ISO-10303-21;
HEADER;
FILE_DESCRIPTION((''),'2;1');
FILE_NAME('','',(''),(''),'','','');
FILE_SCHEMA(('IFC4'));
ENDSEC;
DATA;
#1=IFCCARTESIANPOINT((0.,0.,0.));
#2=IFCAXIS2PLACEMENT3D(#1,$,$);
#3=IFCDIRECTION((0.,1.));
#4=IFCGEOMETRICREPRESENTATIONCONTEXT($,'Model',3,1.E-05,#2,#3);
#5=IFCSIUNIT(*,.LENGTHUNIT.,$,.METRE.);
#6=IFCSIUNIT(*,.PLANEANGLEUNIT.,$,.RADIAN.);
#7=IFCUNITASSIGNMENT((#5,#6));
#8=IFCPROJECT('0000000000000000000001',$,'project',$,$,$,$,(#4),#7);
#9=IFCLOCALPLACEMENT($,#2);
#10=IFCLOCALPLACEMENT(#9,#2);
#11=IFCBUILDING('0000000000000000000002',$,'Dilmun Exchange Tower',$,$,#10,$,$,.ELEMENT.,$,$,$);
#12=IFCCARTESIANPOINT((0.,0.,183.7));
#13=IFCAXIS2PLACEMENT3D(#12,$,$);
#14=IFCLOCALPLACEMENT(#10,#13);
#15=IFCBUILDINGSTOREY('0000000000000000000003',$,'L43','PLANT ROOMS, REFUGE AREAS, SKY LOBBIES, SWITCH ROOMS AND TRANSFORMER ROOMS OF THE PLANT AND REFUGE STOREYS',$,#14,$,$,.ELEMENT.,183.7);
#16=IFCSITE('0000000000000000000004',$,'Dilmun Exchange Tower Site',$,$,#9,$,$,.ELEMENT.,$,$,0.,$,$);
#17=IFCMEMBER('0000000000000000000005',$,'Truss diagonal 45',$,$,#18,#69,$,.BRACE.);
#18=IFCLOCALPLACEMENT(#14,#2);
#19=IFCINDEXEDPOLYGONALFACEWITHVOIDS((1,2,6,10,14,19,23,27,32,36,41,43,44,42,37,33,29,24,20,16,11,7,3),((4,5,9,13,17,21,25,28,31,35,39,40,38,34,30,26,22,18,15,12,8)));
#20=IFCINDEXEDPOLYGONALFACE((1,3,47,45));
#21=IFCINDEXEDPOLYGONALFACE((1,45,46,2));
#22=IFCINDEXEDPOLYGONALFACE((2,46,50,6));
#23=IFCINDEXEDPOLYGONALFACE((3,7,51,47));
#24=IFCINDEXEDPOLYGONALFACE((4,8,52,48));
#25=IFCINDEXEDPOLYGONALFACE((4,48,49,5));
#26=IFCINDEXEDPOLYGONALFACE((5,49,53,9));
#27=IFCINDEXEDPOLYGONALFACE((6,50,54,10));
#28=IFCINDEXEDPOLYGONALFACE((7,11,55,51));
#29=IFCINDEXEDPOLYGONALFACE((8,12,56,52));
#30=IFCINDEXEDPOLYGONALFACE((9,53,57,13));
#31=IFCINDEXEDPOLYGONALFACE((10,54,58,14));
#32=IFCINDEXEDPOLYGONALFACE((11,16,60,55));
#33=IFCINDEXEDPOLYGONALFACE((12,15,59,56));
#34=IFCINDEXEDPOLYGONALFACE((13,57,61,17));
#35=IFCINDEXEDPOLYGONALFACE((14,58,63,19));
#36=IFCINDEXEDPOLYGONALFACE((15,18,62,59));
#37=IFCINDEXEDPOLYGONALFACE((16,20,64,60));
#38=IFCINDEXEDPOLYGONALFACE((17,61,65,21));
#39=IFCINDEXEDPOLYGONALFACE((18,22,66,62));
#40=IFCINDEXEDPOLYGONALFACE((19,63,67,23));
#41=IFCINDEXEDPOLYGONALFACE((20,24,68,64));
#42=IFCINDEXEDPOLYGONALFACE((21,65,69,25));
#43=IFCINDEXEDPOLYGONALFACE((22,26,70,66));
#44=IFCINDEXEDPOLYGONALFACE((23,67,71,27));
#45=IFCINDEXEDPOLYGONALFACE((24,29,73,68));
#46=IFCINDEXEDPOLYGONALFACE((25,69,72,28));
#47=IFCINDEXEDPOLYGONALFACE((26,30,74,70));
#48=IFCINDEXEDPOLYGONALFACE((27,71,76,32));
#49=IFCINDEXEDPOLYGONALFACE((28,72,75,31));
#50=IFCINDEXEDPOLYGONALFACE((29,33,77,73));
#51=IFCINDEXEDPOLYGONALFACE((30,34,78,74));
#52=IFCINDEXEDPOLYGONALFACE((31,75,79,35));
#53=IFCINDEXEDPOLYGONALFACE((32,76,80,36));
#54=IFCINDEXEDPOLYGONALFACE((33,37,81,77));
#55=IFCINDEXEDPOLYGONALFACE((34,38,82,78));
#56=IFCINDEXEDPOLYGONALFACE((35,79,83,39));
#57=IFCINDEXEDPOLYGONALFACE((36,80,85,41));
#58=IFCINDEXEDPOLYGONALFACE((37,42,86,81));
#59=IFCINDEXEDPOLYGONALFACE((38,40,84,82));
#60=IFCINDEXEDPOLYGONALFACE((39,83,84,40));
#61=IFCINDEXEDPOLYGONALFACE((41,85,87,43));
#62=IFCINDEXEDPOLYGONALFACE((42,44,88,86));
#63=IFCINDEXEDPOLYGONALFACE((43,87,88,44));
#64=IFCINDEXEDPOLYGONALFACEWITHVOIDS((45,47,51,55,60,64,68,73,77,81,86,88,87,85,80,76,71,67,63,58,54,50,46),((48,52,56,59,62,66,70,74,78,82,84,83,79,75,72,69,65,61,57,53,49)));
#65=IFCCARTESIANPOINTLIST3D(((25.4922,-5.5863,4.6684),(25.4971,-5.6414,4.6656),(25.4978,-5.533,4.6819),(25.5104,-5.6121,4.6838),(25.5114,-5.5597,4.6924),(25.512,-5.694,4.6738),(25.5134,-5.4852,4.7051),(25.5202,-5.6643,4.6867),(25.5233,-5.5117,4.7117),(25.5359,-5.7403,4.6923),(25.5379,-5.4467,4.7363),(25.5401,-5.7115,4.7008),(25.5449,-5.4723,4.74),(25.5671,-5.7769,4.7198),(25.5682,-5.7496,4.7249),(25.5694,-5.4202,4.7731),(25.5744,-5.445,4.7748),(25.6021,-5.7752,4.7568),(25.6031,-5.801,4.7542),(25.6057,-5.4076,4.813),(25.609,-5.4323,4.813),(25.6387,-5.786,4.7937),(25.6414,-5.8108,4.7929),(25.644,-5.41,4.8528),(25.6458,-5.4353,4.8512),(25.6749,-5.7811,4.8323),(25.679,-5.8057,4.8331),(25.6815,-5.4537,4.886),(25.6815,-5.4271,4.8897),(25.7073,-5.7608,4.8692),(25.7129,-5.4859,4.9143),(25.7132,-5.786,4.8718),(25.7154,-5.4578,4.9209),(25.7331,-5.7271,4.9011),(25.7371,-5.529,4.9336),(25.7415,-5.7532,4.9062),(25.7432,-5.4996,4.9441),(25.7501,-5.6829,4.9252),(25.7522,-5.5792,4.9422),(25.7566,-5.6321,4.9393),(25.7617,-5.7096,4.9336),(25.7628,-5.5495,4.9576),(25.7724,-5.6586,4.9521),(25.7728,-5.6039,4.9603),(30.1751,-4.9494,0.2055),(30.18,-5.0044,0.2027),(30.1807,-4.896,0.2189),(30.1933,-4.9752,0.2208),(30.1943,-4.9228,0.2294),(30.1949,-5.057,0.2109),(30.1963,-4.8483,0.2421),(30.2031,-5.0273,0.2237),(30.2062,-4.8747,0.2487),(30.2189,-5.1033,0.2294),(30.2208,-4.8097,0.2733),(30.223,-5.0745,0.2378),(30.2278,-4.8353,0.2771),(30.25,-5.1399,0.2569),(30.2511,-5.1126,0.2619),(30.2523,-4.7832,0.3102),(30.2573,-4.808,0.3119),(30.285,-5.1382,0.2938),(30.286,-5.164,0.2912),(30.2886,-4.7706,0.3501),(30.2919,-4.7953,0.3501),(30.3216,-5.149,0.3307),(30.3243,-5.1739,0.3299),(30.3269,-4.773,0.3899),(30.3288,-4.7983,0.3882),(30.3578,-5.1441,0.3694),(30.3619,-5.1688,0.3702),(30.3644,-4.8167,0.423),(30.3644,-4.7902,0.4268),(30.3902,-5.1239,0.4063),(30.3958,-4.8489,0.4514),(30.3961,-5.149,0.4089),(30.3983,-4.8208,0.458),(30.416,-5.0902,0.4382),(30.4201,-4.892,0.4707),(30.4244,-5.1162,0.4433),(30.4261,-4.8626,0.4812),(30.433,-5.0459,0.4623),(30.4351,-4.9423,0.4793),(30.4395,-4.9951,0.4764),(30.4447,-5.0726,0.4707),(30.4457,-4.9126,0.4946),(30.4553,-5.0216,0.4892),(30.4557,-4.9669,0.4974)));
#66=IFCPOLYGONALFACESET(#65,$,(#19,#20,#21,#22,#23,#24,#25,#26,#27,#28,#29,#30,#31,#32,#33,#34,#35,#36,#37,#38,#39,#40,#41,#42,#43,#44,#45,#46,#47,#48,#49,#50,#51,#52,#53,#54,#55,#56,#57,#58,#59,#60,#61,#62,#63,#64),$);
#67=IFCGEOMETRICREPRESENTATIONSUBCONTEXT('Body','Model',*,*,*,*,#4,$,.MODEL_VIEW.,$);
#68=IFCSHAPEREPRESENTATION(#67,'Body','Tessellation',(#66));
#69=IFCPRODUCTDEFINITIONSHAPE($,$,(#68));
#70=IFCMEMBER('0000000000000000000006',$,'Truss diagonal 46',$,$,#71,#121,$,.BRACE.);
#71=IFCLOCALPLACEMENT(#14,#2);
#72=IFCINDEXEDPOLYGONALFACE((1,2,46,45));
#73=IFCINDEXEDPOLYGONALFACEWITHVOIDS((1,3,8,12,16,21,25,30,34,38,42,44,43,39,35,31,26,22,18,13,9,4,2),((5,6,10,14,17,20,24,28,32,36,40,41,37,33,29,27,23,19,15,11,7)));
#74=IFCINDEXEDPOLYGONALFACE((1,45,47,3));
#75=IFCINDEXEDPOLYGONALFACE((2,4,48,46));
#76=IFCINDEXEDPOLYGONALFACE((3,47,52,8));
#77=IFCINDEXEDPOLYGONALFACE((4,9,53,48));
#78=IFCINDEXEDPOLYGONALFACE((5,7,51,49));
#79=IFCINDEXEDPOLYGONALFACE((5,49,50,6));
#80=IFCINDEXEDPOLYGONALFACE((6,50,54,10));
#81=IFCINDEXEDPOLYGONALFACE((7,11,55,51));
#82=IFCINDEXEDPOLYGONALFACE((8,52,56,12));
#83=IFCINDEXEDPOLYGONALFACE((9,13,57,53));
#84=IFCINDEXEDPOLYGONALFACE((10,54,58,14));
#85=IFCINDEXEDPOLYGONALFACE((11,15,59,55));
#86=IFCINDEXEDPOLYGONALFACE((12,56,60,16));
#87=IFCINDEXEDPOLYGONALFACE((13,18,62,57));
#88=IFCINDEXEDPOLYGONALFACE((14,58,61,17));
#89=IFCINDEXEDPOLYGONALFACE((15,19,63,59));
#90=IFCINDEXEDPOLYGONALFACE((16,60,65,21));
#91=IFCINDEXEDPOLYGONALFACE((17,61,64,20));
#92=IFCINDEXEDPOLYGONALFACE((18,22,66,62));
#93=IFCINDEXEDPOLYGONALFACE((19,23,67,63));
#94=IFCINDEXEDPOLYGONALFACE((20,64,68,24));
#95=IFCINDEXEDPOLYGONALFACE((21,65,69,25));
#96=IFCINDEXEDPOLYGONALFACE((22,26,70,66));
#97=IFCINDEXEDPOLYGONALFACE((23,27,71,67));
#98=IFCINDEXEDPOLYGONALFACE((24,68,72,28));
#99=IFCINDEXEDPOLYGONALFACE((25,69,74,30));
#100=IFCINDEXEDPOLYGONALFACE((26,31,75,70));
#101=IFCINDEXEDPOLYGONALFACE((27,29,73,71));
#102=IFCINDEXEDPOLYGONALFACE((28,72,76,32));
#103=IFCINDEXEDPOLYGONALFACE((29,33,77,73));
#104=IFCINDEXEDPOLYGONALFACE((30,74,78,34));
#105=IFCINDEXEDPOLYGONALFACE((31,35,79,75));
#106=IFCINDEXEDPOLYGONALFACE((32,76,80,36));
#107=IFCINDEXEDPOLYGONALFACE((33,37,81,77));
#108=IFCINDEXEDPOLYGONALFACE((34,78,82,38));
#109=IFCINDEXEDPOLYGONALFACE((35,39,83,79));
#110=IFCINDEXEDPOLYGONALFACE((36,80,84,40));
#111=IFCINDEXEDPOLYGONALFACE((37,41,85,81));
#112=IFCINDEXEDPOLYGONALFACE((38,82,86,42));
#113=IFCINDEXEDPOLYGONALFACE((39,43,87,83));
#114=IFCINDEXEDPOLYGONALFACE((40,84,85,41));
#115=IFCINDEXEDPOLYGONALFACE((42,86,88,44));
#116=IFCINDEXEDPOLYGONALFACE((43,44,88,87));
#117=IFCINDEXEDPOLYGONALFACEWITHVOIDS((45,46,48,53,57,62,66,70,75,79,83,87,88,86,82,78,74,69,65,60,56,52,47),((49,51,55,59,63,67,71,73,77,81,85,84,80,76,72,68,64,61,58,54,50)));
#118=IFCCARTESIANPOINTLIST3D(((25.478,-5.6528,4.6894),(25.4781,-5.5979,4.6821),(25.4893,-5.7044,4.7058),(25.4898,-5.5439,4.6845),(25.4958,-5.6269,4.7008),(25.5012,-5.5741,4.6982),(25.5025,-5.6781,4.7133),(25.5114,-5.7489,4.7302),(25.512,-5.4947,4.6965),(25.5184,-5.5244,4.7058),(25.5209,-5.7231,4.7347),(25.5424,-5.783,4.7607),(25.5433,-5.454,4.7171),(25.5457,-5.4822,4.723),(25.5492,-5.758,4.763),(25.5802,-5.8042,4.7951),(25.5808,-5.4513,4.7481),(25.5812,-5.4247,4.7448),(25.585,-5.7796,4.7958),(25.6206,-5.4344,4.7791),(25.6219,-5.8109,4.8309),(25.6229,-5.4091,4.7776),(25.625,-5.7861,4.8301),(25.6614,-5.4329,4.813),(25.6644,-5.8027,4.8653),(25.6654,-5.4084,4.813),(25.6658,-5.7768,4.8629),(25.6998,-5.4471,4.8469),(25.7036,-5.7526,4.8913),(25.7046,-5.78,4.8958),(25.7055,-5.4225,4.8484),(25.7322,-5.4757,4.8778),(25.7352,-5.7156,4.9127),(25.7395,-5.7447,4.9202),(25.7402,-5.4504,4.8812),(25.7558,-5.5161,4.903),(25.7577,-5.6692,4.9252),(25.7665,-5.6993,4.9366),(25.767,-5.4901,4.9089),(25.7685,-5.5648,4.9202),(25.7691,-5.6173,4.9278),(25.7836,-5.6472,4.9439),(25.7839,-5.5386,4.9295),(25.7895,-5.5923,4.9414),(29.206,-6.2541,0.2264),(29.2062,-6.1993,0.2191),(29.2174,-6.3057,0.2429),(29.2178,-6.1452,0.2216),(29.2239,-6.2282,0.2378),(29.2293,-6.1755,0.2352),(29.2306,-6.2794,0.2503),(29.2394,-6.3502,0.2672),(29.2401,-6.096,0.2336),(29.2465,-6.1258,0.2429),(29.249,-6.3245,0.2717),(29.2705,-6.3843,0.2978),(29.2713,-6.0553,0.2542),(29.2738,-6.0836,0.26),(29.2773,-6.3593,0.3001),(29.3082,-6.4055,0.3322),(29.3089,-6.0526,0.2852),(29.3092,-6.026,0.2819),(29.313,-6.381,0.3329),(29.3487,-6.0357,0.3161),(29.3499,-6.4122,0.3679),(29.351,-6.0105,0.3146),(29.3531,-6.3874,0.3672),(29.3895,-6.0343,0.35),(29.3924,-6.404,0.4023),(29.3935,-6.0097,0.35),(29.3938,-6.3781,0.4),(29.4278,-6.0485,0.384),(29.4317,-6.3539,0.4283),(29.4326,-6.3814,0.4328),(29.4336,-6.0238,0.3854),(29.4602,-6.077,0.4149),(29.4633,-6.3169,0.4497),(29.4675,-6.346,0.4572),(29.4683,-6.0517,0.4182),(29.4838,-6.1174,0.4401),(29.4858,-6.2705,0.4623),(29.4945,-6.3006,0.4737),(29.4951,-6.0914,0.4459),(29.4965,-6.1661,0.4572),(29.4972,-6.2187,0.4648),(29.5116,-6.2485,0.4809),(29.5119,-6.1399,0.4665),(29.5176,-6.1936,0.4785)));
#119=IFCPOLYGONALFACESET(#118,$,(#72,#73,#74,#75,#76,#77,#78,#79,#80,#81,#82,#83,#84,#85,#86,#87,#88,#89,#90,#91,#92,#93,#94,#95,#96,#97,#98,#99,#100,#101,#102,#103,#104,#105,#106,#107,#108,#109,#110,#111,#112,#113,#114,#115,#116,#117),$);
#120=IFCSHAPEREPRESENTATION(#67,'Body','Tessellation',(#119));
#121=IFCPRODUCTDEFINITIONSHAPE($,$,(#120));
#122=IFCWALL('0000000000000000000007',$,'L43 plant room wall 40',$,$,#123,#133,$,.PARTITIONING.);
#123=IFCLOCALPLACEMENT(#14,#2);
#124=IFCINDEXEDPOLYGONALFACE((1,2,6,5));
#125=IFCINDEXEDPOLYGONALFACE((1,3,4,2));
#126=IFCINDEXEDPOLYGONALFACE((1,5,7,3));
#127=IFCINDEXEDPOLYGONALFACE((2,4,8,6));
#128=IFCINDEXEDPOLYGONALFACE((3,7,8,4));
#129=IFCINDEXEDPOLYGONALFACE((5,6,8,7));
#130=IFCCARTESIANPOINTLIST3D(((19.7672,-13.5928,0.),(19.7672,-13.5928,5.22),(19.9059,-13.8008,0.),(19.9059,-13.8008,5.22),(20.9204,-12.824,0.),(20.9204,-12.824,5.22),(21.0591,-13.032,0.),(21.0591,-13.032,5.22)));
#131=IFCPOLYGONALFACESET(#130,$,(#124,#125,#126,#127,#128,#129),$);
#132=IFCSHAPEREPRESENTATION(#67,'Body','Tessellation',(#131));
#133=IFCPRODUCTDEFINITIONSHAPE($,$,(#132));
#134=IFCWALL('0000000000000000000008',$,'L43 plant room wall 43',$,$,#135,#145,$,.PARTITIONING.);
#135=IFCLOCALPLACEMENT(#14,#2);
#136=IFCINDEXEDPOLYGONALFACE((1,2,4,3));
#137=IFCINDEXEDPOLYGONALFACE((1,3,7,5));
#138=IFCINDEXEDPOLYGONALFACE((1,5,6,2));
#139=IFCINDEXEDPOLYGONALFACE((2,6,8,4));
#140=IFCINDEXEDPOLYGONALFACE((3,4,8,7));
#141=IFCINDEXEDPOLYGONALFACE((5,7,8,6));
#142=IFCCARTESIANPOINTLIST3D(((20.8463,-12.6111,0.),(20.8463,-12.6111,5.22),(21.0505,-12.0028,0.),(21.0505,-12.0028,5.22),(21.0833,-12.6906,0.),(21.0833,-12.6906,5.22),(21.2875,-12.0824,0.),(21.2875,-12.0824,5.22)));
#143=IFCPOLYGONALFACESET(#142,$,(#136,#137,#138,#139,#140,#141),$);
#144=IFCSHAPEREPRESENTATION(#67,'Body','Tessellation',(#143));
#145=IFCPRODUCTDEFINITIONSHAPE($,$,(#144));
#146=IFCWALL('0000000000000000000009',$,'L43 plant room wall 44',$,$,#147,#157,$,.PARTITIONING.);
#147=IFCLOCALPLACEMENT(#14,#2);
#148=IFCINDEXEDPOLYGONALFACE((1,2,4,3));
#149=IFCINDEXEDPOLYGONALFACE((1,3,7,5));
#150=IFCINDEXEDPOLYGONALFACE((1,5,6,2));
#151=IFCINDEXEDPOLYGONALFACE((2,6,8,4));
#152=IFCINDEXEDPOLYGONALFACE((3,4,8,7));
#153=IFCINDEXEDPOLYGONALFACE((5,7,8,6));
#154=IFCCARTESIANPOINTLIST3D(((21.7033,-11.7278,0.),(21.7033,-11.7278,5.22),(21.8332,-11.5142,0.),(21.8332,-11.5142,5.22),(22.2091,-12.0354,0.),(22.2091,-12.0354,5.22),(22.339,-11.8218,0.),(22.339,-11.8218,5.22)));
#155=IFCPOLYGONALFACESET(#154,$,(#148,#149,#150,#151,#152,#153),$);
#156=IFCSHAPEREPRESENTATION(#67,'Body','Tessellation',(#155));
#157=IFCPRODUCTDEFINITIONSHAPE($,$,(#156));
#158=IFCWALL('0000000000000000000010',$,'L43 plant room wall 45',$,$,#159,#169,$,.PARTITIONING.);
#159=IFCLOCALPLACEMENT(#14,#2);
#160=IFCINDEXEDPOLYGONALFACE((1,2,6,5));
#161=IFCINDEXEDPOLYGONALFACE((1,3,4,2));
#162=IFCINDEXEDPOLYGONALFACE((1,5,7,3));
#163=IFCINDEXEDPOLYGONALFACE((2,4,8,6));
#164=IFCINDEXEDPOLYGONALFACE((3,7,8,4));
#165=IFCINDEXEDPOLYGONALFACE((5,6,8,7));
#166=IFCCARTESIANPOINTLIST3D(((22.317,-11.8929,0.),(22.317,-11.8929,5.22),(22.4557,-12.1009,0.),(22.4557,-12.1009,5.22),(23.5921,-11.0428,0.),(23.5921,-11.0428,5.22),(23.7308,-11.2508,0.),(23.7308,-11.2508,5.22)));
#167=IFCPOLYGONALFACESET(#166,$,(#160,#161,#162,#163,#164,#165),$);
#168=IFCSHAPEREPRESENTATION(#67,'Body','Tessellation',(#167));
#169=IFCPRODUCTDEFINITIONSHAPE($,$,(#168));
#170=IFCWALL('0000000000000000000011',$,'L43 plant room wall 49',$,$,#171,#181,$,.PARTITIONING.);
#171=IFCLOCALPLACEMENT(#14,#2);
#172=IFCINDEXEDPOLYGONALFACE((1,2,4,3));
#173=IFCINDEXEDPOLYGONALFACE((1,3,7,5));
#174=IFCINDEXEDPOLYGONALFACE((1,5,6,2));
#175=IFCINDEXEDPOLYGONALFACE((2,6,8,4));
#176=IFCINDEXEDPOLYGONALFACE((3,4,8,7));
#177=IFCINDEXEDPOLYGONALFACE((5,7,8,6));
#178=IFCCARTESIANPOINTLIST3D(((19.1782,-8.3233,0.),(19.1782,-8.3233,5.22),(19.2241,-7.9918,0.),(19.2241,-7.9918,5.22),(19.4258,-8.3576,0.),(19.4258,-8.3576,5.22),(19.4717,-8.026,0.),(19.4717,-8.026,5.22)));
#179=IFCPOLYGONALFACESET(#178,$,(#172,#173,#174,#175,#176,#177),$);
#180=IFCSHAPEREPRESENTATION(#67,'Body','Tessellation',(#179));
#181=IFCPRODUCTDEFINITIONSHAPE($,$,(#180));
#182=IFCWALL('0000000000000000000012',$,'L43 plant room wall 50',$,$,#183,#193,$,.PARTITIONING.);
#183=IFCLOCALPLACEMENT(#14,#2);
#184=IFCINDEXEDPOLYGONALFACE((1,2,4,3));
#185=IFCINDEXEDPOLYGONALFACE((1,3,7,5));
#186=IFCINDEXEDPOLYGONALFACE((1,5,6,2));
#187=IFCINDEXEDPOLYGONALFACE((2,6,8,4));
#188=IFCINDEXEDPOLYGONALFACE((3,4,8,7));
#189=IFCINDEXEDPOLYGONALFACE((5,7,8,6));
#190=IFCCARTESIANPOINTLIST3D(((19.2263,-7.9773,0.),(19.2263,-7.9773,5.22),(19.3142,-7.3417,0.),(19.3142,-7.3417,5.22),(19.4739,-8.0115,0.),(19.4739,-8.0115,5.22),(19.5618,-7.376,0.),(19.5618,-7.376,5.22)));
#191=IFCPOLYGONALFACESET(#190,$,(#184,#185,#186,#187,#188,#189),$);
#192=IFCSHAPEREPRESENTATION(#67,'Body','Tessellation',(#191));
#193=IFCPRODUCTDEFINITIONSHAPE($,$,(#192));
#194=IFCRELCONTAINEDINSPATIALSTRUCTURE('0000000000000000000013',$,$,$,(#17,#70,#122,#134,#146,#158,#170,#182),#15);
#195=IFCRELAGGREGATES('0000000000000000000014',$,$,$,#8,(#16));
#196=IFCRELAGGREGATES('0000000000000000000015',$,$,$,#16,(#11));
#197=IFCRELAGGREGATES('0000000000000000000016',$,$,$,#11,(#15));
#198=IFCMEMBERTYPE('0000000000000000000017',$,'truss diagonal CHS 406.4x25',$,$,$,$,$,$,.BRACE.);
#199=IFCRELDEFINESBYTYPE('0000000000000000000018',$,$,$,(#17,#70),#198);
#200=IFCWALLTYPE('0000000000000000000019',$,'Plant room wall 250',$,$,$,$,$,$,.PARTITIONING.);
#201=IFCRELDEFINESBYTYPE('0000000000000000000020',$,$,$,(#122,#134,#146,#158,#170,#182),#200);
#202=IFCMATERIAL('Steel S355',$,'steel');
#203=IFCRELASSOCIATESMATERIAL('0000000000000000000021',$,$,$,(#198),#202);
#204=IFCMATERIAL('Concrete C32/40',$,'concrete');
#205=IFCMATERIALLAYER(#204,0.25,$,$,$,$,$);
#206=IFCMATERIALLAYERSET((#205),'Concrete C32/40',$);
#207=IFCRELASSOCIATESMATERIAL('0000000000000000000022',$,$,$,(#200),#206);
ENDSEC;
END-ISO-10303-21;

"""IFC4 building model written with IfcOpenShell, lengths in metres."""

from ifc_helpers import new_model, si_unit, direction, frame, frame_2d, origin, origin_2d, place, context, subcontext, project, spatial, rectangle, hollow_circle, extrude, material, layer, layer_set, material_profile, profile_set, type_object, element, save


model = new_model("IFC4")

# Units and contexts
model_context = context("Model", 3, precision=1e-05, world=origin(), true_north=direction((0.0, 1.0)))
body_context = subcontext(model_context, "Body", "Model", "MODEL_VIEW")
ifc_project = project(units=[si_unit("LENGTHUNIT", "METRE"), si_unit("PLANEANGLEUNIT", "RADIAN")], contexts=[model_context])

# Site, building, storey
site_placement = place(None, origin())
site = spatial("IfcSite", under=ifc_project, at=site_placement, Name="Dilmun Exchange Tower Site", CompositionType="ELEMENT", RefElevation=0.0)
building_placement = place(site_placement, origin())
building = spatial("IfcBuilding", under=site, at=building_placement, Name="Dilmun Exchange Tower", CompositionType="ELEMENT")
storey_placement = place(building_placement, frame((0.0, 0.0, 183.7)))
storey = spatial("IfcBuildingStorey", under=building, at=storey_placement, Name="L43", Description="PLANT ROOMS, REFUGE AREAS, SKY LOBBIES, SWITCH ROOMS AND TRANSFORMER ROOMS OF THE PLANT AND REFUGE STOREYS", CompositionType="ELEMENT", Elevation=183.7)

# Shared definitions
ifc_material_1 = material(Name="Steel S355", Category="steel")

# Members
ifc_material_profile_1 = material_profile(ifc_material_1, hollow_circle(Radius=0.2031, WallThickness=0.0249, at=origin_2d()), Name="CHS 406.4x25")
ifc_profile_set_1 = profile_set([ifc_material_profile_1], Name="Steel S355")
member_type = type_object("IfcMemberType", Name="truss diagonal CHS 406.4x25", PredefinedType="BRACE", material=ifc_profile_set_1)
member_1_placement = place(storey_placement, frame((25.6331, -5.6089, 4.813), z_axis=(0.720421, 0.097992, -0.68658), x_axis=(-0.134779, 0.990876, 0.0)))
element("IfcMember", 1, at=member_1_placement, inside=storey, type_object=member_type, Name="Truss diagonal 45", PredefinedType="BRACE", context=body_context, shape_type="SweptSolid", body=[
    extrude(hollow_circle(Radius=0.2031, WallThickness=0.0249, at=origin_2d()), origin(), (0.0, 0.0, 1.0), 6.5002),
])
member_2_placement = place(storey_placement, frame((25.6331, -5.6089, 4.813), z_axis=(0.637692, -0.102858, -0.763393), x_axis=(0.159239, 0.98724, 0.0)))
element("IfcMember", 2, at=member_2_placement, inside=storey, type_object=member_type, Name="Truss diagonal 46", PredefinedType="BRACE", context=body_context, shape_type="SweptSolid", body=[
    extrude(hollow_circle(Radius=0.2031, WallThickness=0.0249, at=origin_2d()), origin(), (0.0, 0.0, 1.0), 5.8462),
])

# Walls
ifc_material_2 = material(Name="Concrete C32/40", Category="concrete")
ifc_layer_1 = layer(ifc_material_2, 0.25)
ifc_layer_set_1 = layer_set([ifc_layer_1], Name="Concrete C32/40")
wall_type = type_object("IfcWallType", Name="Plant room wall 250", PredefinedType="PARTITIONING", material=ifc_layer_set_1)
wall_1_placement = place(storey_placement, frame((19.8367, -13.6968, 0.0), z_axis=(0.0, 0.0, 1.0), x_axis=(0.832023, 0.554741, 0.0)))
element("IfcWall", 3, at=wall_1_placement, inside=storey, type_object=wall_type, Name="L43 plant room wall 40", PredefinedType="PARTITIONING", context=body_context, shape_type="SweptSolid", body=[
    extrude(rectangle(XDim=1.386, YDim=0.25, at=frame_2d((0.6929, 0.0))), origin(), (0.0, 0.0, 1.0), 5.22),
])
wall_2_placement = place(storey_placement, frame((20.9648, -12.6509, 0.0), z_axis=(0.0, 0.0, 1.0), x_axis=(0.318168, 0.948034, 0.0)))
element("IfcWall", 4, at=wall_2_placement, inside=storey, type_object=wall_type, Name="L43 plant room wall 43", PredefinedType="PARTITIONING", context=body_context, shape_type="SweptSolid", body=[
    extrude(rectangle(XDim=0.6416, YDim=0.25, at=frame_2d((0.3208, 0.0))), origin(), (0.0, 0.0, 1.0), 5.22),
])
wall_3_placement = place(storey_placement, frame((21.7683, -11.6211, 0.0), z_axis=(0.0, 0.0, 1.0), x_axis=(0.854421, -0.519581, 0.0)))
element("IfcWall", 5, at=wall_3_placement, inside=storey, type_object=wall_type, Name="L43 plant room wall 44", PredefinedType="PARTITIONING", context=body_context, shape_type="SweptSolid", body=[
    extrude(rectangle(XDim=0.592, YDim=0.25, at=frame_2d((0.2959, 0.0))), origin(), (0.0, 0.0, 1.0), 5.22),
])
wall_4_placement = place(storey_placement, frame((22.3865, -11.9968, 0.0), z_axis=(0.0, 0.0, 1.0), x_axis=(0.83205, 0.5547, 0.0)))
element("IfcWall", 6, at=wall_4_placement, inside=storey, type_object=wall_type, Name="L43 plant room wall 45", PredefinedType="PARTITIONING", context=body_context, shape_type="SweptSolid", body=[
    extrude(rectangle(XDim=1.5325, YDim=0.25, at=frame_2d((0.7661, 0.0))), origin(), (0.0, 0.0, 1.0), 5.22),
])
wall_5_placement = place(storey_placement, frame((19.302, -8.3406, 0.0), z_axis=(0.0, 0.0, 1.0), x_axis=(0.137131, 0.990553, 0.0)))
element("IfcWall", 7, at=wall_5_placement, inside=storey, type_object=wall_type, Name="L43 plant room wall 49", PredefinedType="PARTITIONING", context=body_context, shape_type="SweptSolid", body=[
    extrude(rectangle(XDim=0.3347, YDim=0.25, at=frame_2d((0.1675, 0.0))), origin(), (0.0, 0.0, 1.0), 5.22),
])
wall_6_placement = place(storey_placement, frame((19.3501, -7.9944, 0.0), z_axis=(0.0, 0.0, 1.0), x_axis=(0.136998, 0.990571, 0.0)))
element("IfcWall", 8, at=wall_6_placement, inside=storey, type_object=wall_type, Name="L43 plant room wall 50", PredefinedType="PARTITIONING", context=body_context, shape_type="SweptSolid", body=[
    extrude(rectangle(XDim=0.6416, YDim=0.25, at=frame_2d((0.3208, 0.0))), origin(), (0.0, 0.0, 1.0), 5.22),
])

save(model, "model.ifc")
